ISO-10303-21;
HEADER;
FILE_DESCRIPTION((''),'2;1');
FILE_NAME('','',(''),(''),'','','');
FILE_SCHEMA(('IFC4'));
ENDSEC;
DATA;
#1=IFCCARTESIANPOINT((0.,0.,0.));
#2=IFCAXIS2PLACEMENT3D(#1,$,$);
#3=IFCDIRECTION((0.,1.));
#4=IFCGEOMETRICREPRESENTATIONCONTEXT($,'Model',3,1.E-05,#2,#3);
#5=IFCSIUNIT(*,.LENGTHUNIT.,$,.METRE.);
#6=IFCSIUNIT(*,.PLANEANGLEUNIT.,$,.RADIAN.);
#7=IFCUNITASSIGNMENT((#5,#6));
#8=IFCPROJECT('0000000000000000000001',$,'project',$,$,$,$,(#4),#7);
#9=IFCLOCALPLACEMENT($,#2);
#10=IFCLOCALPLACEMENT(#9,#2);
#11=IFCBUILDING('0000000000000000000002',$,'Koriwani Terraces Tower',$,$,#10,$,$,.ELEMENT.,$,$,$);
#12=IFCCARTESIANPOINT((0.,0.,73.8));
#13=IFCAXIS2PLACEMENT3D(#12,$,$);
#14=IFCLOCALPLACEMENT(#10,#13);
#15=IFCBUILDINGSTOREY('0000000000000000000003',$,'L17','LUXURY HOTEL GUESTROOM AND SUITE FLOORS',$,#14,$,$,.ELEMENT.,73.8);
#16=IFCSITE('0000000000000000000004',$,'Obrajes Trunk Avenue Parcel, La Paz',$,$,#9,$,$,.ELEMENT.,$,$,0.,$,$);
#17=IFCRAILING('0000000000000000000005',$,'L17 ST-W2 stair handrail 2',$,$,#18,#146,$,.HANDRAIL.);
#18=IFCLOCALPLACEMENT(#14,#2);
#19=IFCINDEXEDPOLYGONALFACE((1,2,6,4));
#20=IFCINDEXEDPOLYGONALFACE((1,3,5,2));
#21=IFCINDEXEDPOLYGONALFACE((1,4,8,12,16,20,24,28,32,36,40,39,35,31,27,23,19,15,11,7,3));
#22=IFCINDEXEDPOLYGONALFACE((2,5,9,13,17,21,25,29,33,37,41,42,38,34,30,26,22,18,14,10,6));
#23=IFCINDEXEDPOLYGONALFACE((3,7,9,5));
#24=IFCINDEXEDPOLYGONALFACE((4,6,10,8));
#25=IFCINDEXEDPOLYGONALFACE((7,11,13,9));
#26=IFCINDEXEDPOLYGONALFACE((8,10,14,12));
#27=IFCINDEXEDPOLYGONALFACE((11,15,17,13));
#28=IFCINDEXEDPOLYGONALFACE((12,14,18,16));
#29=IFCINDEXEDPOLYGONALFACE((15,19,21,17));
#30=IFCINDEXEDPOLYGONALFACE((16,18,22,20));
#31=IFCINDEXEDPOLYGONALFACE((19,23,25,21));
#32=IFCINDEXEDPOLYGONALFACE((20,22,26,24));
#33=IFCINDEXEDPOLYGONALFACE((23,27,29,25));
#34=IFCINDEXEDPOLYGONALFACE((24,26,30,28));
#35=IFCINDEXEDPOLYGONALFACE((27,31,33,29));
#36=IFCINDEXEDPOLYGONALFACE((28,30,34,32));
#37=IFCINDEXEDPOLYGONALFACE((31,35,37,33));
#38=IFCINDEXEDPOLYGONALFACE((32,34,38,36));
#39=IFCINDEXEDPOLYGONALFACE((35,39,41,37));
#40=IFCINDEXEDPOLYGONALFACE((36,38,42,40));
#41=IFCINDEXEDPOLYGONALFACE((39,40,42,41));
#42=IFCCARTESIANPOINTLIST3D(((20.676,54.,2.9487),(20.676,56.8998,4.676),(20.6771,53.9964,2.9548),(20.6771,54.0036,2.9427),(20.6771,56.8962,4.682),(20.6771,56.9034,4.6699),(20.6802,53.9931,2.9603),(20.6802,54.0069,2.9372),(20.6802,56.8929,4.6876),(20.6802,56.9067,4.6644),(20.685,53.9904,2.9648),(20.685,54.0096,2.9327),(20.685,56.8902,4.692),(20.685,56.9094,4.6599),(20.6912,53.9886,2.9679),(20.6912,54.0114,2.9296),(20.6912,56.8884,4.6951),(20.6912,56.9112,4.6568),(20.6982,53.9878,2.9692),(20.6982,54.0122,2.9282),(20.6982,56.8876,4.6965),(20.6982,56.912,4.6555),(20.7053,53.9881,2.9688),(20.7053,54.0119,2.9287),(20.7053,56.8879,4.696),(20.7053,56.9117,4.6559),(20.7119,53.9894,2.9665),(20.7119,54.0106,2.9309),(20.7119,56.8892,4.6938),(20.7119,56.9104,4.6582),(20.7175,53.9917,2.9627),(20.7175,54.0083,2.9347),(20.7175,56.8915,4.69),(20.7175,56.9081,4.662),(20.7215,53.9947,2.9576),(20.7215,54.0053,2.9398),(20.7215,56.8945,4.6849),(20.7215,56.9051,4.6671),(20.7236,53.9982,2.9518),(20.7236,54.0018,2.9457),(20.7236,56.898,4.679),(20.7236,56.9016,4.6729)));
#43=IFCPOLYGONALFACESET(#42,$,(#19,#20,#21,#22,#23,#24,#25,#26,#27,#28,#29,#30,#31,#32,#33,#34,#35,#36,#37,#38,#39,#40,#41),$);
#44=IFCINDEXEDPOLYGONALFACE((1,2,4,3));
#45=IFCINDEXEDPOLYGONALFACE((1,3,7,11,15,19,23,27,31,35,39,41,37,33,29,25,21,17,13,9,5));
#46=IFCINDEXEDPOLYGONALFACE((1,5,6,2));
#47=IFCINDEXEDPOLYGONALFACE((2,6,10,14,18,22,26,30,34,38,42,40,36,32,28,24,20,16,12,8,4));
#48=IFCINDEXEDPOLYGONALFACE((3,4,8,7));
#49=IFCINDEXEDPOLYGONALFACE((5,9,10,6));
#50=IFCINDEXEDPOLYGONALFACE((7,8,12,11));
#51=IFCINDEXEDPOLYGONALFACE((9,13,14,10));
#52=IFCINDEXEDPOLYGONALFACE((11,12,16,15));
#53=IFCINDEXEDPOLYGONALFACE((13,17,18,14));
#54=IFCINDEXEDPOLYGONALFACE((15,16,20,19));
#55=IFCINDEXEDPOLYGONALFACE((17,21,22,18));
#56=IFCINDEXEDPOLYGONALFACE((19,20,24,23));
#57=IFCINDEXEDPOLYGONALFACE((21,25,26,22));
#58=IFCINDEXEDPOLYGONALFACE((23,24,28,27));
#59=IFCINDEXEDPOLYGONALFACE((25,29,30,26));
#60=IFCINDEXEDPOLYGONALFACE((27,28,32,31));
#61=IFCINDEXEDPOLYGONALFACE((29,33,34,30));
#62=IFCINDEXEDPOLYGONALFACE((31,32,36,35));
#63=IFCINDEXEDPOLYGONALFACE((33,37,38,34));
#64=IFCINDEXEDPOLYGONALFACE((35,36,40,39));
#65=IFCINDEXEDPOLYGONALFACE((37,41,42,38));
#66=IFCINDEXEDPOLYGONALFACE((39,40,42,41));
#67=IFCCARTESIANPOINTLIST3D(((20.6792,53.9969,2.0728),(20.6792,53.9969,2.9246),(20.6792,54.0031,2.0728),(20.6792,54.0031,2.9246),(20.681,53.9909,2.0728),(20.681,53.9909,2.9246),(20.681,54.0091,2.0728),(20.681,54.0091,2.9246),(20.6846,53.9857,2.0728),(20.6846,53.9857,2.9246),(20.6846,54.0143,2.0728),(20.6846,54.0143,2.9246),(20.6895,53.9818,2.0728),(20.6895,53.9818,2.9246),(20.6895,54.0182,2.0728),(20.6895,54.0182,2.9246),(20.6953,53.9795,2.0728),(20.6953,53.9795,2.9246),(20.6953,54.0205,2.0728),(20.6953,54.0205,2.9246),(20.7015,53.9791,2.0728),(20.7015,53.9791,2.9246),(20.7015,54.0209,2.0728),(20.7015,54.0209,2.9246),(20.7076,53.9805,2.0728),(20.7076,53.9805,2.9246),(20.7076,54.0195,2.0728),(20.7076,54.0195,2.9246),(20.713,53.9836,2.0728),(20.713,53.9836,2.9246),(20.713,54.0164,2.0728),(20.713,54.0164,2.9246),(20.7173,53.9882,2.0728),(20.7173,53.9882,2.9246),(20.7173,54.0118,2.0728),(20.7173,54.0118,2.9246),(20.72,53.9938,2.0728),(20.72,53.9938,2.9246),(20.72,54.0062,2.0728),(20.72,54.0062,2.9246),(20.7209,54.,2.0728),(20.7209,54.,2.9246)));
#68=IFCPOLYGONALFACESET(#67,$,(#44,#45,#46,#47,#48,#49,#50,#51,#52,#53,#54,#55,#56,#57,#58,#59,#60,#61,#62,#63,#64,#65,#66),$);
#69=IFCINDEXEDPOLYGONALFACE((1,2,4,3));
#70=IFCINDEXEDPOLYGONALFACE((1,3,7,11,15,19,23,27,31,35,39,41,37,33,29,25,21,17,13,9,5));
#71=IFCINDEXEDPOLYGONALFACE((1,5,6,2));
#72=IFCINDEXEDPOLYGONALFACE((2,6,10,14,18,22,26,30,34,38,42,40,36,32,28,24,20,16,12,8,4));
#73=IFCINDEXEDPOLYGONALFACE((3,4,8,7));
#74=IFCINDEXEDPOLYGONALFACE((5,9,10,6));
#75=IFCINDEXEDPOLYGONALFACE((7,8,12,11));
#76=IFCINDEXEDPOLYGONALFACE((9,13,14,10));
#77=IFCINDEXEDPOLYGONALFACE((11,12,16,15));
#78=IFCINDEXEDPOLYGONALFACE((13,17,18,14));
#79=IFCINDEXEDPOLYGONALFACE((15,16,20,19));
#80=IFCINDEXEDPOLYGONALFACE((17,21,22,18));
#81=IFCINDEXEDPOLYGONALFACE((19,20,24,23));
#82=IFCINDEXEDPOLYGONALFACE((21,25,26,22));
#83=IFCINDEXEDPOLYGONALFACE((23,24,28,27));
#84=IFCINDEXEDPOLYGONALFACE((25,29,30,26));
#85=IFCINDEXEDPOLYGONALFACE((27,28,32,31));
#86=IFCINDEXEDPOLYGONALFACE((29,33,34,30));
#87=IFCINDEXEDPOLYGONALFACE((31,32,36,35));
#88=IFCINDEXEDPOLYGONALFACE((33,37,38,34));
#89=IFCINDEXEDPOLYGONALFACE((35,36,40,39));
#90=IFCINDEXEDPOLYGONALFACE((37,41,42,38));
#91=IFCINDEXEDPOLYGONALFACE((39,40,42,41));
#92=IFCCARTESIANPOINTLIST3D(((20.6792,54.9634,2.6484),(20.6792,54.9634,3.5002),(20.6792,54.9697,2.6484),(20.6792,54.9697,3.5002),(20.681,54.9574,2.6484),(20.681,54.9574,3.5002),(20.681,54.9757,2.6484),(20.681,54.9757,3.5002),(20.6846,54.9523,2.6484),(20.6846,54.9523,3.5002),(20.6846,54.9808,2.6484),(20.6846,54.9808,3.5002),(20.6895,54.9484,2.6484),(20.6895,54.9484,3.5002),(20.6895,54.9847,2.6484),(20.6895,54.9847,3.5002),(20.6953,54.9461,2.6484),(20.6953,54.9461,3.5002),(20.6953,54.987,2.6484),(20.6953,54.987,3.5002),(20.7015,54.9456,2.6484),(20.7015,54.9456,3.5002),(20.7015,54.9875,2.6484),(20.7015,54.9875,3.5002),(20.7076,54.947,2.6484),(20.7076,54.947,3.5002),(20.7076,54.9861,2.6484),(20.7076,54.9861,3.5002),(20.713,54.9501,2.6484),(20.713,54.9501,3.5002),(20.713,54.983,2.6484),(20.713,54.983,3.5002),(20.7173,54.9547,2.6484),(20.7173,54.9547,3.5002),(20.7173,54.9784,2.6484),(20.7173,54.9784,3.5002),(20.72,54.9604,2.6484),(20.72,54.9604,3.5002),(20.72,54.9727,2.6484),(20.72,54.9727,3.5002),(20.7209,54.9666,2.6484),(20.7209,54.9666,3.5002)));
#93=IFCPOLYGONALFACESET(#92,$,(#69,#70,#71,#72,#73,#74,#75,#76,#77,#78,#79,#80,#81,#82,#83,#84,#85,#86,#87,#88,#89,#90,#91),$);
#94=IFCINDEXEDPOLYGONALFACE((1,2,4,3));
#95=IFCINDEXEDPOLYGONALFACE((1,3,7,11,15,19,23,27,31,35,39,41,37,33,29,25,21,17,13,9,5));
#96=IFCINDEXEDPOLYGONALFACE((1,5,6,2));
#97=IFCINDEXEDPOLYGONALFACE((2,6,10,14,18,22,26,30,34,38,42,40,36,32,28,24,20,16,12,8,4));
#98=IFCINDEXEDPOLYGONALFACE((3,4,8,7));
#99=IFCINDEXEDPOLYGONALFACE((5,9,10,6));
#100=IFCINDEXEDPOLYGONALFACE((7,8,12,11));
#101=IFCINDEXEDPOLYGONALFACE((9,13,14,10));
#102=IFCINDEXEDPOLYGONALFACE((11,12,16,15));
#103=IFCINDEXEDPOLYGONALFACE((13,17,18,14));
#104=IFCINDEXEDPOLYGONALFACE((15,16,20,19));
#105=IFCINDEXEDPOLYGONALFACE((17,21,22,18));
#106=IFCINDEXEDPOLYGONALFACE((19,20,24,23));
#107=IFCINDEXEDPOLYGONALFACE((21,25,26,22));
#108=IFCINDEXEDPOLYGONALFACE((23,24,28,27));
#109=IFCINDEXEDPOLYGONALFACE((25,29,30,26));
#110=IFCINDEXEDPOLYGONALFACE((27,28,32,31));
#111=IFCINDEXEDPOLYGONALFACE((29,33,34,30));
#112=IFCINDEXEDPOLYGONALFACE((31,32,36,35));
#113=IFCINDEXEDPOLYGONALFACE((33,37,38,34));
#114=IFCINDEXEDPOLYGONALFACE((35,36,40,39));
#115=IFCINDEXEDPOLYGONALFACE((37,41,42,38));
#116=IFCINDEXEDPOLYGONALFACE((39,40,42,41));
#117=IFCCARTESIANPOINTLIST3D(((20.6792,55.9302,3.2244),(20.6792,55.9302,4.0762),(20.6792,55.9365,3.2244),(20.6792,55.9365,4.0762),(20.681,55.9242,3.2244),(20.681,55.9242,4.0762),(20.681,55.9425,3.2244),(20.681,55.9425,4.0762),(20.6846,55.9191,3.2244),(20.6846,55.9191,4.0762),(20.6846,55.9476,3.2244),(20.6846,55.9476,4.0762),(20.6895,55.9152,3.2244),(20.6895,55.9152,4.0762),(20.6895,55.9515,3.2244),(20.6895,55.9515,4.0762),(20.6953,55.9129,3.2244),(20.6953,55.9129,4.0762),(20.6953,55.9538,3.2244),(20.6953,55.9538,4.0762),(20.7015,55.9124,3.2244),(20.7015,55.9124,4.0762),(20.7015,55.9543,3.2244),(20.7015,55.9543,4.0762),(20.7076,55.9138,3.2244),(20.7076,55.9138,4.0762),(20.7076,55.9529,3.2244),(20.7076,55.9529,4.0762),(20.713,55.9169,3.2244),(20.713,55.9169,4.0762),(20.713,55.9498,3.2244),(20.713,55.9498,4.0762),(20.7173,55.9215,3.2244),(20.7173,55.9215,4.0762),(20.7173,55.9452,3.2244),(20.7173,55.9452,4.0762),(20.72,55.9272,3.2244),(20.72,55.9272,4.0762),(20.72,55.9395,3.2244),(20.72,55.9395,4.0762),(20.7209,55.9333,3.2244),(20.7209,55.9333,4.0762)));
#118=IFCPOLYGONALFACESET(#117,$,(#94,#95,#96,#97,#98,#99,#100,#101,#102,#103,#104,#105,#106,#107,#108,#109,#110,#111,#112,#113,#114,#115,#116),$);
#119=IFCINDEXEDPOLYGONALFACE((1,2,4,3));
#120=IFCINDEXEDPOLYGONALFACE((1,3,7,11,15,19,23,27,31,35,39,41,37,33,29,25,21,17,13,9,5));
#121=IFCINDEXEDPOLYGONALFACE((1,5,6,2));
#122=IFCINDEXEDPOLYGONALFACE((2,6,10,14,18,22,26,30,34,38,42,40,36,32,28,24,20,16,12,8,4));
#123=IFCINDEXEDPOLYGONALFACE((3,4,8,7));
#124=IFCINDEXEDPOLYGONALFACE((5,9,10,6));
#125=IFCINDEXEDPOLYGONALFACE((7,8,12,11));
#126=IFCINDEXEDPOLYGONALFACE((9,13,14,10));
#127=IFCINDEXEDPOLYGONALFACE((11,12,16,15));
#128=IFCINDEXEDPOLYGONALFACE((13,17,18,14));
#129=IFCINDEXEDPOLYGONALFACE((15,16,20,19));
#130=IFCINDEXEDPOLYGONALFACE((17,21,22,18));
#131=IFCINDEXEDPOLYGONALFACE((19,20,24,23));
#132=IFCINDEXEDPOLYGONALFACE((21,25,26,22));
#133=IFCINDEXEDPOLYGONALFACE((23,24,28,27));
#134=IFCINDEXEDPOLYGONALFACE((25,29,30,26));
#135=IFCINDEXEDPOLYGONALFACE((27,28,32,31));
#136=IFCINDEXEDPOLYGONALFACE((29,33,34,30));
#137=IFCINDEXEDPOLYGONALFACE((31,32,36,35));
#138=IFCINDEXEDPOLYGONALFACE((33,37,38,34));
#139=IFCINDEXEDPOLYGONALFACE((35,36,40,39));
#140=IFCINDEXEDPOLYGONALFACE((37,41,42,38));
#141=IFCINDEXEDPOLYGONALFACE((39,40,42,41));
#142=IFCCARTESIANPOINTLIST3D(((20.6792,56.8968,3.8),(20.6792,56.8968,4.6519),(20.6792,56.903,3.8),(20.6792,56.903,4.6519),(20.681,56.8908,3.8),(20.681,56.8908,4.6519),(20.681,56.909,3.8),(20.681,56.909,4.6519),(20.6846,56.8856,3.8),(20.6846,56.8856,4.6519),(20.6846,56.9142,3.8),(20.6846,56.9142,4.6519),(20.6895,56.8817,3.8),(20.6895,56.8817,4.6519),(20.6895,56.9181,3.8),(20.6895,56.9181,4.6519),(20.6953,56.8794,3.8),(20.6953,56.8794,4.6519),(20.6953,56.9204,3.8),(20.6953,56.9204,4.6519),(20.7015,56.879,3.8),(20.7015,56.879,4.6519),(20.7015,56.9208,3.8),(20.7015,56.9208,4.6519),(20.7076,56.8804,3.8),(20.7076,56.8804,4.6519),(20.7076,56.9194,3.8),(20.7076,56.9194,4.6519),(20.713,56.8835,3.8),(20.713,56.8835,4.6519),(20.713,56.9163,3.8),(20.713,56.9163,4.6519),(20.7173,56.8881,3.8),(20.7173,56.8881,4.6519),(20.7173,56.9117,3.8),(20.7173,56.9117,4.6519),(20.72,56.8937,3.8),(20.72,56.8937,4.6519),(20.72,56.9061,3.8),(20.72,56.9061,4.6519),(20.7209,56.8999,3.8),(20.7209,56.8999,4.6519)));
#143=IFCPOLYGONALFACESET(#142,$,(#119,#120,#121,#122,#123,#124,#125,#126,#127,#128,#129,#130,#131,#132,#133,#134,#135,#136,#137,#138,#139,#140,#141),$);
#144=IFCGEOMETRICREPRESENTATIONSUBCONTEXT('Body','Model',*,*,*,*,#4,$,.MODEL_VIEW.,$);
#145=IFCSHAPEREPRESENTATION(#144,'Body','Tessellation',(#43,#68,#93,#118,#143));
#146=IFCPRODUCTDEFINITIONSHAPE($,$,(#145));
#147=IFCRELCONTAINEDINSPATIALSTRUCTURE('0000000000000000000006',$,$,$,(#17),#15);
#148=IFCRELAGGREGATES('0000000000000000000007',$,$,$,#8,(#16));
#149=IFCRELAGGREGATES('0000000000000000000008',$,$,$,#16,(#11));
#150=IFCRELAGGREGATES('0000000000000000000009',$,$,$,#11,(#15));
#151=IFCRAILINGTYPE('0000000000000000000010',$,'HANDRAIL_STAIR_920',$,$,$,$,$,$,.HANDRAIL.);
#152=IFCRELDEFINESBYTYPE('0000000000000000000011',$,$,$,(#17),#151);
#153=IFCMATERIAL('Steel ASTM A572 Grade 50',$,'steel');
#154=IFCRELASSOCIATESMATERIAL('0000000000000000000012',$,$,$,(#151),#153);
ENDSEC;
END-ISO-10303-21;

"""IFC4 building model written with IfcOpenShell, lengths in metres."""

from ifc_helpers import new_model, si_unit, direction, frame, origin, origin_2d, place, context, subcontext, project, spatial, circle, extrude, material, type_object, element, save


model = new_model("IFC4")

# Units and contexts
model_context = context("Model", 3, precision=1e-05, world=origin(), true_north=direction((0.0, 1.0)))
body_context = subcontext(model_context, "Body", "Model", "MODEL_VIEW")
ifc_project = project(units=[si_unit("LENGTHUNIT", "METRE"), si_unit("PLANEANGLEUNIT", "RADIAN")], contexts=[model_context])

# Site, building, storey
site_placement = place(None, origin())
site = spatial("IfcSite", under=ifc_project, at=site_placement, Name="Obrajes Trunk Avenue Parcel, La Paz", CompositionType="ELEMENT", RefElevation=0.0)
building_placement = place(site_placement, origin())
building = spatial("IfcBuilding", under=site, at=building_placement, Name="Koriwani Terraces Tower", CompositionType="ELEMENT")
storey_placement = place(building_placement, frame((0.0, 0.0, 73.8)))
storey = spatial("IfcBuildingStorey", under=building, at=storey_placement, Name="L17", Description="LUXURY HOTEL GUESTROOM AND SUITE FLOORS", CompositionType="ELEMENT", Elevation=73.8)

# Shared definitions
ifc_material_1 = material(Name="Steel ASTM A572 Grade 50", Category="steel")

# Railing
railing_type_1 = type_object("IfcRailingType", Name="HANDRAIL_STAIR_920", PredefinedType="HANDRAIL", material=ifc_material_1)
railing_1_placement = place(storey_placement, frame((20.7, 54.0, 2.0728)))
element("IfcRailing", 1, at=railing_1_placement, inside=storey, type_object=railing_type_1, Name="L17 ST-W2 stair handrail 2", PredefinedType="HANDRAIL", context=body_context, shape_type="SweptSolid", body=[
    extrude(circle(Radius=0.0239, at=origin_2d()), frame((0.0, 0.0, 0.876), z_axis=(0.0, 0.859141, 0.511738), x_axis=(-1.0, 0.0, 0.0)), (0.0, 0.0, 1.0), 3.3752),
    extrude(circle(Radius=0.021, at=origin_2d()), origin(), (0.0, 0.0, 1.0), 0.8518),
    extrude(circle(Radius=0.021, at=origin_2d()), frame((0.0, 0.9666, 0.5757)), (0.0, 0.0, 1.0), 0.8518),
    extrude(circle(Radius=0.021, at=origin_2d()), frame((0.0, 1.9333, 1.1516)), (0.0, 0.0, 1.0), 0.8518),
    extrude(circle(Radius=0.021, at=origin_2d()), frame((0.0, 2.8999, 1.7273)), (0.0, 0.0, 1.0), 0.8518),
])

save(model, "model.ifc")
